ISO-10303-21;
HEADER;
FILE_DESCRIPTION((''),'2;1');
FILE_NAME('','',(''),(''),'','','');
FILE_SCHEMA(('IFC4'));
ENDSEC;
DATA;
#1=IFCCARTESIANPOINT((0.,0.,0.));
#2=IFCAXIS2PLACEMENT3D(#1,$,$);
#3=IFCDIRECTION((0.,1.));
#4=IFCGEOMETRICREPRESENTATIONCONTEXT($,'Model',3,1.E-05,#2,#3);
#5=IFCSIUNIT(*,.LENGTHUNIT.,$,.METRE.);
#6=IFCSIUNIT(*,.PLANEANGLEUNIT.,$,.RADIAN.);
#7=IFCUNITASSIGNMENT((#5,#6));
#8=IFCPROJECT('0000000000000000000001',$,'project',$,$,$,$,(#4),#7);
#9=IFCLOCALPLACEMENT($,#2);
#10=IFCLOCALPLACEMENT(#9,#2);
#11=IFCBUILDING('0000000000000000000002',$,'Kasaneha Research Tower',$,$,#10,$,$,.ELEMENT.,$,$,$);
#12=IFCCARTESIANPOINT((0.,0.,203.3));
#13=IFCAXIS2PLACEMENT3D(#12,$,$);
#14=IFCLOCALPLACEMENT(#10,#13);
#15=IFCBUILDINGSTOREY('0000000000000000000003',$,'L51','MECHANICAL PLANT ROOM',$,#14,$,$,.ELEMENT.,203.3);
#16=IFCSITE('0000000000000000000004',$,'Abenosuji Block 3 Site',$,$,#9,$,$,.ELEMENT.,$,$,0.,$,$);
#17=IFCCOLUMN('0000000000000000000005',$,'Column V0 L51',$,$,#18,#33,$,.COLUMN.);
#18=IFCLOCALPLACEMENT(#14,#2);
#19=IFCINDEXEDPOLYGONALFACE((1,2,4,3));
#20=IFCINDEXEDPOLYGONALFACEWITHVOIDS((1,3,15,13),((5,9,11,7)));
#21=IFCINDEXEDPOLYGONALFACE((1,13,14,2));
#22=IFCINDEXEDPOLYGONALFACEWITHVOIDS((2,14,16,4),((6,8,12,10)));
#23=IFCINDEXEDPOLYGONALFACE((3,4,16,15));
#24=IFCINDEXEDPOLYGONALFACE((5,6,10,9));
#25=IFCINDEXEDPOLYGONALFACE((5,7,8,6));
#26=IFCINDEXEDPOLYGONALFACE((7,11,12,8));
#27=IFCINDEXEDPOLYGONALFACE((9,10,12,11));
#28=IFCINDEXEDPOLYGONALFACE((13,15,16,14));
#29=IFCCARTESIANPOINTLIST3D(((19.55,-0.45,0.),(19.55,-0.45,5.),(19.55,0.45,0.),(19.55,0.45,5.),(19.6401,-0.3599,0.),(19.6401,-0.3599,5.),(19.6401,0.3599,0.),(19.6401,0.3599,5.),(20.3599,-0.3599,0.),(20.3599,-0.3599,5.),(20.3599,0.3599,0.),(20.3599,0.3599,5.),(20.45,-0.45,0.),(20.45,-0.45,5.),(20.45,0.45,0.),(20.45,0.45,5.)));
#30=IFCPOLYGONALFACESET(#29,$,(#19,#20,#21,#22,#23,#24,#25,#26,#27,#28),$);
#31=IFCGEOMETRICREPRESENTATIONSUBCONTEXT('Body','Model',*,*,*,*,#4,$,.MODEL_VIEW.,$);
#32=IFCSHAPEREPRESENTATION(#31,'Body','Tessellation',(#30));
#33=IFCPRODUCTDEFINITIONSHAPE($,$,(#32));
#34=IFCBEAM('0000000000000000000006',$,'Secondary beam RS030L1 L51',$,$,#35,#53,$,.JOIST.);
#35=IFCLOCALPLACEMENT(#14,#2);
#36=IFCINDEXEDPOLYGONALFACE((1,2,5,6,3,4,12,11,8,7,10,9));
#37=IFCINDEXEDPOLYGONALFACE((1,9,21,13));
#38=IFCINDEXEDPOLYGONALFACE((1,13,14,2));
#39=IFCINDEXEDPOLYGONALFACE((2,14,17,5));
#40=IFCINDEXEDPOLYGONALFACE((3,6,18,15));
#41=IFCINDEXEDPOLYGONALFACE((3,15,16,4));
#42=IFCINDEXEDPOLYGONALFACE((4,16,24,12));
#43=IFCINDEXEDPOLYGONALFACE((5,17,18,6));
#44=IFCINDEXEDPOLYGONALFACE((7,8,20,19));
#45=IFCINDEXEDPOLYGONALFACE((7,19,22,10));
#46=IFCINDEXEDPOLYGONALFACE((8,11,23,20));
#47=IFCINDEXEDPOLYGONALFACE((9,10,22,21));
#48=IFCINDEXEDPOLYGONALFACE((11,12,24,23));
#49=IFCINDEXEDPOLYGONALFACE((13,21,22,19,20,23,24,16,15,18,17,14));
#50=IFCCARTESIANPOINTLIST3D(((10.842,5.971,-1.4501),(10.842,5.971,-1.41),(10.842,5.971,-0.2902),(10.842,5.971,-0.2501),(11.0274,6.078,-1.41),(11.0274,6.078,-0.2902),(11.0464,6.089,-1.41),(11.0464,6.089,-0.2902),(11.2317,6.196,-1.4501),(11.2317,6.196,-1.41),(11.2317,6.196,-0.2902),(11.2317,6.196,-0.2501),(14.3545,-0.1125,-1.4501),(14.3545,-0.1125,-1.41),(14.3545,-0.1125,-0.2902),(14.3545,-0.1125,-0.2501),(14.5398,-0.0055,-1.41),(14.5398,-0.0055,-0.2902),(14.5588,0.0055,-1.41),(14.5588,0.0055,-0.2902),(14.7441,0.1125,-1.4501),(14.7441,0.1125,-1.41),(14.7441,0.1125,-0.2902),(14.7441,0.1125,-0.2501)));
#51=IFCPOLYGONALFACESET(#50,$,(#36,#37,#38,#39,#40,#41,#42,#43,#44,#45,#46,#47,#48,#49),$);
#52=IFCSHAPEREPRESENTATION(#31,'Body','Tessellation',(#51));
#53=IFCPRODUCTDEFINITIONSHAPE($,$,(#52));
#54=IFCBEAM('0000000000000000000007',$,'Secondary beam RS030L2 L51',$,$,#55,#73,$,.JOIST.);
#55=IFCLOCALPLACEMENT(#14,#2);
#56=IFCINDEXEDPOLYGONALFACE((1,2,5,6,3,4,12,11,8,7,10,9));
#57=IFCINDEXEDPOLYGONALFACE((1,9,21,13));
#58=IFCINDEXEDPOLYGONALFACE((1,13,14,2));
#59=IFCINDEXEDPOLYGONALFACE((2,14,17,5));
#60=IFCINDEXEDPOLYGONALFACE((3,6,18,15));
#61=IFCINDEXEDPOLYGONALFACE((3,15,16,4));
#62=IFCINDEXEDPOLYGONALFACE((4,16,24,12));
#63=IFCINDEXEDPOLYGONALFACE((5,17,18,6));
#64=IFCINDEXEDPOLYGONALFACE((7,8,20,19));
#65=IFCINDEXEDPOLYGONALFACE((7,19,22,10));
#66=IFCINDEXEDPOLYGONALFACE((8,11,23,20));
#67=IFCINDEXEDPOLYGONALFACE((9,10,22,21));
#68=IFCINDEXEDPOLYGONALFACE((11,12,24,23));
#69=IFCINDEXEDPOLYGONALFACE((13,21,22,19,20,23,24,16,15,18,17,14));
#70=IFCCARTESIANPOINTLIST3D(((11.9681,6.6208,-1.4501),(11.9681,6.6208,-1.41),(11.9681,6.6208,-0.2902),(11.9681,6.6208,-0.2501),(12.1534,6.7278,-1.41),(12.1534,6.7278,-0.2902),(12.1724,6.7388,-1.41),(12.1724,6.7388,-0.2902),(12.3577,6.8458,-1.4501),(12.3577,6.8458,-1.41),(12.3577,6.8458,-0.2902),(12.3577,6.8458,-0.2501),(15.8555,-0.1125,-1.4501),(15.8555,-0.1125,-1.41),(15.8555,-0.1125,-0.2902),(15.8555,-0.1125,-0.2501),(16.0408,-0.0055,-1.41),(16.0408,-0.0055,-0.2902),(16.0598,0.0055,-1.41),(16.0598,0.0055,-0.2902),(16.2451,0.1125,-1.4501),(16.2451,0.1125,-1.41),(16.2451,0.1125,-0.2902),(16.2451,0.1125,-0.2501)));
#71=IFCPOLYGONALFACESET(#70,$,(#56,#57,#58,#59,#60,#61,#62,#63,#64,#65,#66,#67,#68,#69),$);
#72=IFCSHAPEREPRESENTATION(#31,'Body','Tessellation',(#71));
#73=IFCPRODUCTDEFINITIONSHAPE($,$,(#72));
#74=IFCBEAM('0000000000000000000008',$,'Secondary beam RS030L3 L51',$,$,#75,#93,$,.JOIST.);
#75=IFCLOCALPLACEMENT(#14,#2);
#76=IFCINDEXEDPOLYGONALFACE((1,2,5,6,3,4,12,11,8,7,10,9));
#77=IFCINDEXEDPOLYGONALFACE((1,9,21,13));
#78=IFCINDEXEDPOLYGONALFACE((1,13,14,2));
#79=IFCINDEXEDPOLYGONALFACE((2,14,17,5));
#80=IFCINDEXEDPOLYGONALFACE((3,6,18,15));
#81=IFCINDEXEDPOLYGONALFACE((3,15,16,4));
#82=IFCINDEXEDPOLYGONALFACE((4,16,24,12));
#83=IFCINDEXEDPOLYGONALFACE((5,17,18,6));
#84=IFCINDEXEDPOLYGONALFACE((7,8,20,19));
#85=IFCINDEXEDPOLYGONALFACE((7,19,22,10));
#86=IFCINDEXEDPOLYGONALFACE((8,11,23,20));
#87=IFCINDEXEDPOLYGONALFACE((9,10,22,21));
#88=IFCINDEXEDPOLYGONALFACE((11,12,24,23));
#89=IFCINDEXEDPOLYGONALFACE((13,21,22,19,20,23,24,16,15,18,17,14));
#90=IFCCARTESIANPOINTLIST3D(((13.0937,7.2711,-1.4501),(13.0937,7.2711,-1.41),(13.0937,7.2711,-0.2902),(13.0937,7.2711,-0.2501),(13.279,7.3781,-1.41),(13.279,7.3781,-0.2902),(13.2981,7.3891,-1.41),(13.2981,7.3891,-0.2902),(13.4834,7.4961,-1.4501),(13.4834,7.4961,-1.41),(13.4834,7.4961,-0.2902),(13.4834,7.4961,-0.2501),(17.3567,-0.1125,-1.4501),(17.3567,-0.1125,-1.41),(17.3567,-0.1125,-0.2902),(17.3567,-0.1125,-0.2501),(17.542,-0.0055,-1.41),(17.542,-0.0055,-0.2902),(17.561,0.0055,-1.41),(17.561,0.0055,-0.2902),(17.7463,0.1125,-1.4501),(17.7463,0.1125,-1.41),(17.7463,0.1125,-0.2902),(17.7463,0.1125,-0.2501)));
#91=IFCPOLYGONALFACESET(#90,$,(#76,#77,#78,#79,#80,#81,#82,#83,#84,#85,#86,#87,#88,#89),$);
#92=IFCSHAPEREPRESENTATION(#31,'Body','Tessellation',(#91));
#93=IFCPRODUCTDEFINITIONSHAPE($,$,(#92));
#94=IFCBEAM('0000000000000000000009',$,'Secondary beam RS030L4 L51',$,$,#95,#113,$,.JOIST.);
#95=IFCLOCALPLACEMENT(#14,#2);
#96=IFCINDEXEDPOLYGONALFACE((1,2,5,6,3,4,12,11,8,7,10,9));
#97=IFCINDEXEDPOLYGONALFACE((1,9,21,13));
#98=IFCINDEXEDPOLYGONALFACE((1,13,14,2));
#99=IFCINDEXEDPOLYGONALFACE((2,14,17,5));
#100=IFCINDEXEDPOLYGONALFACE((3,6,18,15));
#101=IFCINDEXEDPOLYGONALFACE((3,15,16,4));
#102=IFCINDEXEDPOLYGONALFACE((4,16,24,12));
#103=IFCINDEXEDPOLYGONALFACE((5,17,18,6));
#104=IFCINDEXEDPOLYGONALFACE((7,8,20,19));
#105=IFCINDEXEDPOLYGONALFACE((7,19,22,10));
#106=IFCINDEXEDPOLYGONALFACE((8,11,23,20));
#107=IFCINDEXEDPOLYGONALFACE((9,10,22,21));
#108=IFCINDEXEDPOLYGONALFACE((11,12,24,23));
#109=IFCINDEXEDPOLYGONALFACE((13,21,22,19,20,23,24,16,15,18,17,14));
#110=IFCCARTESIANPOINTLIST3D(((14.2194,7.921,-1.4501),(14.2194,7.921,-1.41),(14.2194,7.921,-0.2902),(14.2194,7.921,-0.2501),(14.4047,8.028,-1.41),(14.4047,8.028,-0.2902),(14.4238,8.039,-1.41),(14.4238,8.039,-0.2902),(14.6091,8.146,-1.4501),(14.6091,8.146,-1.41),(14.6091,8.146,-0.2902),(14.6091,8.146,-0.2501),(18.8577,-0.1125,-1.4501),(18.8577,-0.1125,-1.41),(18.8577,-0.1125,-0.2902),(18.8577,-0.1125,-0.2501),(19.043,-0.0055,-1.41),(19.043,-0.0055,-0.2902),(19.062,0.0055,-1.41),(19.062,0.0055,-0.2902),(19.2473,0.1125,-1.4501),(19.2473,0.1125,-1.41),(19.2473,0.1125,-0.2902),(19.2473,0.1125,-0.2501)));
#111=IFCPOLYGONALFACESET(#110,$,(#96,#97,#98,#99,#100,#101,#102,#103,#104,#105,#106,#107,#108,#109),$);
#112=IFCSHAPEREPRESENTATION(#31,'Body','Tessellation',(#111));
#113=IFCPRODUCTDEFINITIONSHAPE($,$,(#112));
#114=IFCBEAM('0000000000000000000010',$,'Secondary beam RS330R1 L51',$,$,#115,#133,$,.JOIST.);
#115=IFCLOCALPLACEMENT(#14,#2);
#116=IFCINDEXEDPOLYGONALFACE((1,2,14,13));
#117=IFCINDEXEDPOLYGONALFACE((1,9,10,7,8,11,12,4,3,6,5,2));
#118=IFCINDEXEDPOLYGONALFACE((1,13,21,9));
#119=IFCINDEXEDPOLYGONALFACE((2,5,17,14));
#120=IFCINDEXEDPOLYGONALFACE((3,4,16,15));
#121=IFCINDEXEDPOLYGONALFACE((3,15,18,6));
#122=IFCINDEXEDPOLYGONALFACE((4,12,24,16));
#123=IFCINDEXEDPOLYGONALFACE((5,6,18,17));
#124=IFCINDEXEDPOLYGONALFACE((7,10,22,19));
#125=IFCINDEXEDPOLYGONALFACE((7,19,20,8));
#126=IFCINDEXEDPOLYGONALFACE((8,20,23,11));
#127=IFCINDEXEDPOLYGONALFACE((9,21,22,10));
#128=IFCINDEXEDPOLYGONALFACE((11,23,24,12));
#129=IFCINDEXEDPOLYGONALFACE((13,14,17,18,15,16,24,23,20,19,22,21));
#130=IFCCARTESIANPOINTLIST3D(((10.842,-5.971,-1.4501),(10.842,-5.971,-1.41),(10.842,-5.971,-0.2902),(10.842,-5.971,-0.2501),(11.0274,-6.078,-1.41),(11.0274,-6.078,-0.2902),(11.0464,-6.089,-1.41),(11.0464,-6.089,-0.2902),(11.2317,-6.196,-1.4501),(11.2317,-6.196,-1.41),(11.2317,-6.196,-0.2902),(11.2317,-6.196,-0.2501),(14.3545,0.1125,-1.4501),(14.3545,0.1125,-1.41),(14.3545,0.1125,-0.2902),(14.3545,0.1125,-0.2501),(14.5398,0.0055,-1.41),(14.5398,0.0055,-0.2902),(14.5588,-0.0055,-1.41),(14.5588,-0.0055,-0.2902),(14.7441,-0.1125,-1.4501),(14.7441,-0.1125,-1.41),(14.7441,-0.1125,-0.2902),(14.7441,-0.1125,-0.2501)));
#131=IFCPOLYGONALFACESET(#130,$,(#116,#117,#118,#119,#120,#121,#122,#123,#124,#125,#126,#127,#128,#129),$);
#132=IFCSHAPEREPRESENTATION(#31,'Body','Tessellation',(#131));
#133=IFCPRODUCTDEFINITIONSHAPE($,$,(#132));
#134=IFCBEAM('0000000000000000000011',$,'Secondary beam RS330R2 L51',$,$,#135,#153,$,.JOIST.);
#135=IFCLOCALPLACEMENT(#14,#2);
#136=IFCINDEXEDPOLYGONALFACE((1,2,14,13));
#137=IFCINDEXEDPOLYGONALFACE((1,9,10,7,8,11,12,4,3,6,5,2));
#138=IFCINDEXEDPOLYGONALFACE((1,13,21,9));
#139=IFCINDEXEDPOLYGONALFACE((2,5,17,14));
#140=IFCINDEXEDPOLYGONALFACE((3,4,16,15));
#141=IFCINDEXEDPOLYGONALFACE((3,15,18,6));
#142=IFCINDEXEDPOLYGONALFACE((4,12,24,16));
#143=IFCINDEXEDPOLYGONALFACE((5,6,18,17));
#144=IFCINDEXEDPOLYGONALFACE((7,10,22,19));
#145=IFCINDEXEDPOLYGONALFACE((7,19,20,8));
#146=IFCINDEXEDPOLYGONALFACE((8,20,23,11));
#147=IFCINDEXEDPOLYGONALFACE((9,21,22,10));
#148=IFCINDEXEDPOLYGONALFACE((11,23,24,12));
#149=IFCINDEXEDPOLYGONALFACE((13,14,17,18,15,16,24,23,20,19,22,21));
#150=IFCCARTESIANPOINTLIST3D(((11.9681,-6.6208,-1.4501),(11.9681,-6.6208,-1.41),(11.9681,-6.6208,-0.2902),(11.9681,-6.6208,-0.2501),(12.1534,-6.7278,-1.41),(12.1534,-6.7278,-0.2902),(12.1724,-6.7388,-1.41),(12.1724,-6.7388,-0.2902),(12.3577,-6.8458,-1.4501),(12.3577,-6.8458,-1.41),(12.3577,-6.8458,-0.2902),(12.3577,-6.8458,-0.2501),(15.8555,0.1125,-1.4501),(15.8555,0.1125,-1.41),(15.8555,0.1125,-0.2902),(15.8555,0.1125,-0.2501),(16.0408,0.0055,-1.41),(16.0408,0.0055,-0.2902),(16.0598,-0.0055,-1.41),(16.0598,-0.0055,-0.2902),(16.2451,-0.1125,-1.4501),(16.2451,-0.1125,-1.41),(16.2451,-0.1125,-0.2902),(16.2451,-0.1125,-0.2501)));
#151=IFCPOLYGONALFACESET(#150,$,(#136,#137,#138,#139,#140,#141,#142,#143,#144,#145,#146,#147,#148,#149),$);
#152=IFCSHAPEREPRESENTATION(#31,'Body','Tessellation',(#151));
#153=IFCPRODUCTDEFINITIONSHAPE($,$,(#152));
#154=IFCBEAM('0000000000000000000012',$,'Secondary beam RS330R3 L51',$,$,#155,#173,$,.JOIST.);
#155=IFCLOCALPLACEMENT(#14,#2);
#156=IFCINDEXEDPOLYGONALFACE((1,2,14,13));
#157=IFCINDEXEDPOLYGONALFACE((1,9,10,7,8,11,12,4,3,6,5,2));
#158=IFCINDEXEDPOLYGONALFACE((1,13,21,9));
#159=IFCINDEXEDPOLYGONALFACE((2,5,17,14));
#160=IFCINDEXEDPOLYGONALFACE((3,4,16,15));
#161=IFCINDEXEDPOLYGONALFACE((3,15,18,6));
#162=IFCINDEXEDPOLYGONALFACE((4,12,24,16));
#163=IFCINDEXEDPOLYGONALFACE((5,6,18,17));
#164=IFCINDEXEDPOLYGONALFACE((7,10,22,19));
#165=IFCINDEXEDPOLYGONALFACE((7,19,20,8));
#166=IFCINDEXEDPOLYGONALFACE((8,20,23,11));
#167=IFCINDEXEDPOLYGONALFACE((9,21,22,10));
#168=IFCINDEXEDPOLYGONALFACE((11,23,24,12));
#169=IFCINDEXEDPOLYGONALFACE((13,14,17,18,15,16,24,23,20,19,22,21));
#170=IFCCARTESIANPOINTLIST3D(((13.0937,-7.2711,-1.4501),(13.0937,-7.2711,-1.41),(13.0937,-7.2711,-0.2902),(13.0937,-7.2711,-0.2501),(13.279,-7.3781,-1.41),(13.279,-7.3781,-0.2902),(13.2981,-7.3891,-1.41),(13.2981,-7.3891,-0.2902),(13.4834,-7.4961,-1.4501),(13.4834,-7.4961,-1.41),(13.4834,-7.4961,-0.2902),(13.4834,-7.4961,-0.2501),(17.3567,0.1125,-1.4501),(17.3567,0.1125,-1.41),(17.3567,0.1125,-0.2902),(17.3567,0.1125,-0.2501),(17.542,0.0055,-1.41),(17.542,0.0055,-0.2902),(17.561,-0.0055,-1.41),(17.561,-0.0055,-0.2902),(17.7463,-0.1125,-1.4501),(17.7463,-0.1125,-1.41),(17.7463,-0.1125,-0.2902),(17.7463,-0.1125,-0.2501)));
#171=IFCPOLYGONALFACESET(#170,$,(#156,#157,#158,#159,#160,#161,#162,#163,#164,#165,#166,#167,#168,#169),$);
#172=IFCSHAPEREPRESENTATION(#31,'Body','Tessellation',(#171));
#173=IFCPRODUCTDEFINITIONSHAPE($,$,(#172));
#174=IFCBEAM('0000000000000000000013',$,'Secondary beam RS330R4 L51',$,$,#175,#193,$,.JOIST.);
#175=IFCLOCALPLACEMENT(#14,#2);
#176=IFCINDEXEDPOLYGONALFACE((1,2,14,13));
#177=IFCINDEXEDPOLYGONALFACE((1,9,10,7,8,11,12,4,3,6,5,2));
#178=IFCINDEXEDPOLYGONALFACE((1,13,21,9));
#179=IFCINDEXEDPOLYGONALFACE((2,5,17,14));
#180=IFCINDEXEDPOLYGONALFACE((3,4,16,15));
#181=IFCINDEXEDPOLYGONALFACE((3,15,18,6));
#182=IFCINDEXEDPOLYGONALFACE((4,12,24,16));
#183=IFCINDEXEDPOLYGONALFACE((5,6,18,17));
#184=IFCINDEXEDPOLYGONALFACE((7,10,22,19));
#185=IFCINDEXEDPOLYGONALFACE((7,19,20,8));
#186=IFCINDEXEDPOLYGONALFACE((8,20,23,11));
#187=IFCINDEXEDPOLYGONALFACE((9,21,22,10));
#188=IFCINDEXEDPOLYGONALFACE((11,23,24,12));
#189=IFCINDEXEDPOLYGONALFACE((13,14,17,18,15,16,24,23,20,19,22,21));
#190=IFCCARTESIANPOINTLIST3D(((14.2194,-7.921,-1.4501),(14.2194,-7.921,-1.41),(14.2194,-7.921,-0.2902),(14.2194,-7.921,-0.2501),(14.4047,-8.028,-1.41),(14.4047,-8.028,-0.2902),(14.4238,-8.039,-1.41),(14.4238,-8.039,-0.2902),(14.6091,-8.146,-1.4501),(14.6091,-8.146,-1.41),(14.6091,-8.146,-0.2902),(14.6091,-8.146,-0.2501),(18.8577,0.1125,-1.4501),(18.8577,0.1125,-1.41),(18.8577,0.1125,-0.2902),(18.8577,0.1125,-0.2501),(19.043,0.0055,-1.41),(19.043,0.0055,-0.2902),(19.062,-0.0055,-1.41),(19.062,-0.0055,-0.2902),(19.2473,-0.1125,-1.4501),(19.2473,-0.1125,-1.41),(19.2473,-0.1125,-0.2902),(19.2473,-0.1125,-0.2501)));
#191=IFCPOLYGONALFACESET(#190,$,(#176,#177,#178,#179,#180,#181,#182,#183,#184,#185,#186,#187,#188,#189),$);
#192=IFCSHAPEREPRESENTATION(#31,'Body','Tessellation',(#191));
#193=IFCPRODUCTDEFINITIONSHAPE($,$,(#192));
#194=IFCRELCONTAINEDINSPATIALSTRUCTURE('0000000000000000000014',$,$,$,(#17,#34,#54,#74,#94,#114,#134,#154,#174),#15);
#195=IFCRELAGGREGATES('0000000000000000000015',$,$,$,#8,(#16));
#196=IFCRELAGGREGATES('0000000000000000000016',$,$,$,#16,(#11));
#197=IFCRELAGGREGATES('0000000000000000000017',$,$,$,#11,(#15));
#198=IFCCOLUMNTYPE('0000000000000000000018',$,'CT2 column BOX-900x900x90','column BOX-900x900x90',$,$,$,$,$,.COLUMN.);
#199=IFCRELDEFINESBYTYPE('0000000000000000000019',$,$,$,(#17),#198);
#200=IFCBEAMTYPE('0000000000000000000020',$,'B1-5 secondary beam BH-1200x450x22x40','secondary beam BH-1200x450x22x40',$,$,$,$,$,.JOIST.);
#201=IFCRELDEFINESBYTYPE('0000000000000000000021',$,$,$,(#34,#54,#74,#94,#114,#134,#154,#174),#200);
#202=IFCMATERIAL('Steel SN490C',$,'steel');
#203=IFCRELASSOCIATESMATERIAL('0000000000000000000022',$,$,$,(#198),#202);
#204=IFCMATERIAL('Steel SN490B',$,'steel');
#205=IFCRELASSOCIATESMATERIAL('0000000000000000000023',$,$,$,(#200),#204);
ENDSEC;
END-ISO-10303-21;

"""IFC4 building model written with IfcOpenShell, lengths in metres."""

from ifc_helpers import new_model, si_unit, direction, frame, origin, origin_2d, place, context, subcontext, project, spatial, hollow_rectangle, i_section, extrude, material, material_profile, profile_set, type_object, element, save


model = new_model("IFC4")

# Units and contexts
model_context = context("Model", 3, precision=1e-05, world=origin(), true_north=direction((0.0, 1.0)))
body_context = subcontext(model_context, "Body", "Model", "MODEL_VIEW")
ifc_project = project(units=[si_unit("LENGTHUNIT", "METRE"), si_unit("PLANEANGLEUNIT", "RADIAN")], contexts=[model_context])

# Site, building, storey
site_placement = place(None, origin())
site = spatial("IfcSite", under=ifc_project, at=site_placement, Name="Abenosuji Block 3 Site", CompositionType="ELEMENT", RefElevation=0.0)
building_placement = place(site_placement, origin())
building = spatial("IfcBuilding", under=site, at=building_placement, Name="Kasaneha Research Tower", CompositionType="ELEMENT")
storey_placement = place(building_placement, frame((0.0, 0.0, 203.3)))
storey = spatial("IfcBuildingStorey", under=building, at=storey_placement, Name="L51", Description="MECHANICAL PLANT ROOM", CompositionType="ELEMENT", Elevation=203.3)

# Column
ifc_material_1 = material(Name="Steel SN490C", Category="steel")
ifc_material_profile_1 = material_profile(ifc_material_1, hollow_rectangle(XDim=0.8999, YDim=0.8999, WallThickness=0.0901, at=origin_2d()), Name="BOX-900x900x90")
ifc_profile_set_1 = profile_set([ifc_material_profile_1], Name="Steel SN490C")
column_type = type_object("IfcColumnType", Name="CT2 column BOX-900x900x90", Description="column BOX-900x900x90", PredefinedType="COLUMN", material=ifc_profile_set_1)
column_placement = place(storey_placement, frame((20.0, 0.0, 0.0), z_axis=(0.0, 0.0, 1.0), x_axis=(1.0, 0.0, 0.0)))
element("IfcColumn", 1, at=column_placement, inside=storey, type_object=column_type, Name="Column V0 L51", PredefinedType="COLUMN", context=body_context, shape_type="SweptSolid", body=[
    extrude(hollow_rectangle(XDim=0.8999, YDim=0.8999, WallThickness=0.0901, at=origin_2d()), origin(), (0.0, 0.0, 1.0), 5.0),
])

# Beams
ifc_material_2 = material(Name="Steel SN490B", Category="steel")
ifc_material_profile_2 = material_profile(ifc_material_2, i_section(OverallWidth=0.45, OverallDepth=1.2, WebThickness=0.022, FlangeThickness=0.04, at=origin_2d()), Name="BH-1200x450x22x40")
ifc_profile_set_2 = profile_set([ifc_material_profile_2], Name="Steel SN490B")
beam_type_1 = type_object("IfcBeamType", Name="B1-5 secondary beam BH-1200x450x22x40", Description="secondary beam BH-1200x450x22x40", PredefinedType="JOIST", material=ifc_profile_set_2)
beam_1_placement = place(storey_placement, frame((14.5493, 0.0, -0.8501), z_axis=(-0.500015, 0.866017, 0.0), x_axis=(-0.866017, -0.500015, 0.0)))
element("IfcBeam", 2, at=beam_1_placement, inside=storey, type_object=beam_type_1, Name="Secondary beam RS030L1 L51", PredefinedType="JOIST", context=body_context, shape_type="SweptSolid", body=[
    extrude(i_section(OverallWidth=0.45, OverallDepth=1.2, WebThickness=0.022, FlangeThickness=0.04, at=origin_2d()), origin(), (0.0, 0.0, 1.0), 7.0247),
])
beam_2_placement = place(storey_placement, frame((16.0503, 0.0, -0.8501), z_axis=(-0.499992, 0.86603, 0.0), x_axis=(-0.86603, -0.499992, 0.0)))
element("IfcBeam", 3, at=beam_2_placement, inside=storey, type_object=beam_type_1, Name="Secondary beam RS030L2 L51", PredefinedType="JOIST", context=body_context, shape_type="SweptSolid", body=[
    extrude(i_section(OverallWidth=0.45, OverallDepth=1.2, WebThickness=0.022, FlangeThickness=0.04, at=origin_2d()), origin(), (0.0, 0.0, 1.0), 7.7749),
])
beam_3_placement = place(storey_placement, frame((17.5515, 0.0, -0.8501), z_axis=(-0.500004, 0.866023, 0.0), x_axis=(-0.866023, -0.500004, 0.0)))
element("IfcBeam", 4, at=beam_3_placement, inside=storey, type_object=beam_type_1, Name="Secondary beam RS030L3 L51", PredefinedType="JOIST", context=body_context, shape_type="SweptSolid", body=[
    extrude(i_section(OverallWidth=0.45, OverallDepth=1.2, WebThickness=0.022, FlangeThickness=0.04, at=origin_2d()), origin(), (0.0, 0.0, 1.0), 8.5259),
])
beam_4_placement = place(storey_placement, frame((19.0525, 0.0, -0.8501), z_axis=(-0.500006, 0.866022, 0.0), x_axis=(-0.866022, -0.500006, 0.0)))
element("IfcBeam", 5, at=beam_4_placement, inside=storey, type_object=beam_type_1, Name="Secondary beam RS030L4 L51", PredefinedType="JOIST", context=body_context, shape_type="SweptSolid", body=[
    extrude(i_section(OverallWidth=0.45, OverallDepth=1.2, WebThickness=0.022, FlangeThickness=0.04, at=origin_2d()), origin(), (0.0, 0.0, 1.0), 9.2764),
])
beam_5_placement = place(storey_placement, frame((14.5493, 0.0, -0.8501), z_axis=(-0.500015, -0.866017, 0.0), x_axis=(0.866017, -0.500015, 0.0)))
element("IfcBeam", 6, at=beam_5_placement, inside=storey, type_object=beam_type_1, Name="Secondary beam RS330R1 L51", PredefinedType="JOIST", context=body_context, shape_type="SweptSolid", body=[
    extrude(i_section(OverallWidth=0.45, OverallDepth=1.2, WebThickness=0.022, FlangeThickness=0.04, at=origin_2d()), origin(), (0.0, 0.0, 1.0), 7.0247),
])
beam_6_placement = place(storey_placement, frame((16.0503, 0.0, -0.8501), z_axis=(-0.499992, -0.86603, 0.0), x_axis=(0.86603, -0.499992, 0.0)))
element("IfcBeam", 7, at=beam_6_placement, inside=storey, type_object=beam_type_1, Name="Secondary beam RS330R2 L51", PredefinedType="JOIST", context=body_context, shape_type="SweptSolid", body=[
    extrude(i_section(OverallWidth=0.45, OverallDepth=1.2, WebThickness=0.022, FlangeThickness=0.04, at=origin_2d()), origin(), (0.0, 0.0, 1.0), 7.7749),
])
beam_7_placement = place(storey_placement, frame((17.5515, 0.0, -0.8501), z_axis=(-0.500004, -0.866023, 0.0), x_axis=(0.866023, -0.500004, 0.0)))
element("IfcBeam", 8, at=beam_7_placement, inside=storey, type_object=beam_type_1, Name="Secondary beam RS330R3 L51", PredefinedType="JOIST", context=body_context, shape_type="SweptSolid", body=[
    extrude(i_section(OverallWidth=0.45, OverallDepth=1.2, WebThickness=0.022, FlangeThickness=0.04, at=origin_2d()), origin(), (0.0, 0.0, 1.0), 8.5259),
])
beam_8_placement = place(storey_placement, frame((19.0525, 0.0, -0.8501), z_axis=(-0.500006, -0.866022, 0.0), x_axis=(0.866022, -0.500006, 0.0)))
element("IfcBeam", 9, at=beam_8_placement, inside=storey, type_object=beam_type_1, Name="Secondary beam RS330R4 L51", PredefinedType="JOIST", context=body_context, shape_type="SweptSolid", body=[
    extrude(i_section(OverallWidth=0.45, OverallDepth=1.2, WebThickness=0.022, FlangeThickness=0.04, at=origin_2d()), origin(), (0.0, 0.0, 1.0), 9.2764),
])

save(model, "model.ifc")
